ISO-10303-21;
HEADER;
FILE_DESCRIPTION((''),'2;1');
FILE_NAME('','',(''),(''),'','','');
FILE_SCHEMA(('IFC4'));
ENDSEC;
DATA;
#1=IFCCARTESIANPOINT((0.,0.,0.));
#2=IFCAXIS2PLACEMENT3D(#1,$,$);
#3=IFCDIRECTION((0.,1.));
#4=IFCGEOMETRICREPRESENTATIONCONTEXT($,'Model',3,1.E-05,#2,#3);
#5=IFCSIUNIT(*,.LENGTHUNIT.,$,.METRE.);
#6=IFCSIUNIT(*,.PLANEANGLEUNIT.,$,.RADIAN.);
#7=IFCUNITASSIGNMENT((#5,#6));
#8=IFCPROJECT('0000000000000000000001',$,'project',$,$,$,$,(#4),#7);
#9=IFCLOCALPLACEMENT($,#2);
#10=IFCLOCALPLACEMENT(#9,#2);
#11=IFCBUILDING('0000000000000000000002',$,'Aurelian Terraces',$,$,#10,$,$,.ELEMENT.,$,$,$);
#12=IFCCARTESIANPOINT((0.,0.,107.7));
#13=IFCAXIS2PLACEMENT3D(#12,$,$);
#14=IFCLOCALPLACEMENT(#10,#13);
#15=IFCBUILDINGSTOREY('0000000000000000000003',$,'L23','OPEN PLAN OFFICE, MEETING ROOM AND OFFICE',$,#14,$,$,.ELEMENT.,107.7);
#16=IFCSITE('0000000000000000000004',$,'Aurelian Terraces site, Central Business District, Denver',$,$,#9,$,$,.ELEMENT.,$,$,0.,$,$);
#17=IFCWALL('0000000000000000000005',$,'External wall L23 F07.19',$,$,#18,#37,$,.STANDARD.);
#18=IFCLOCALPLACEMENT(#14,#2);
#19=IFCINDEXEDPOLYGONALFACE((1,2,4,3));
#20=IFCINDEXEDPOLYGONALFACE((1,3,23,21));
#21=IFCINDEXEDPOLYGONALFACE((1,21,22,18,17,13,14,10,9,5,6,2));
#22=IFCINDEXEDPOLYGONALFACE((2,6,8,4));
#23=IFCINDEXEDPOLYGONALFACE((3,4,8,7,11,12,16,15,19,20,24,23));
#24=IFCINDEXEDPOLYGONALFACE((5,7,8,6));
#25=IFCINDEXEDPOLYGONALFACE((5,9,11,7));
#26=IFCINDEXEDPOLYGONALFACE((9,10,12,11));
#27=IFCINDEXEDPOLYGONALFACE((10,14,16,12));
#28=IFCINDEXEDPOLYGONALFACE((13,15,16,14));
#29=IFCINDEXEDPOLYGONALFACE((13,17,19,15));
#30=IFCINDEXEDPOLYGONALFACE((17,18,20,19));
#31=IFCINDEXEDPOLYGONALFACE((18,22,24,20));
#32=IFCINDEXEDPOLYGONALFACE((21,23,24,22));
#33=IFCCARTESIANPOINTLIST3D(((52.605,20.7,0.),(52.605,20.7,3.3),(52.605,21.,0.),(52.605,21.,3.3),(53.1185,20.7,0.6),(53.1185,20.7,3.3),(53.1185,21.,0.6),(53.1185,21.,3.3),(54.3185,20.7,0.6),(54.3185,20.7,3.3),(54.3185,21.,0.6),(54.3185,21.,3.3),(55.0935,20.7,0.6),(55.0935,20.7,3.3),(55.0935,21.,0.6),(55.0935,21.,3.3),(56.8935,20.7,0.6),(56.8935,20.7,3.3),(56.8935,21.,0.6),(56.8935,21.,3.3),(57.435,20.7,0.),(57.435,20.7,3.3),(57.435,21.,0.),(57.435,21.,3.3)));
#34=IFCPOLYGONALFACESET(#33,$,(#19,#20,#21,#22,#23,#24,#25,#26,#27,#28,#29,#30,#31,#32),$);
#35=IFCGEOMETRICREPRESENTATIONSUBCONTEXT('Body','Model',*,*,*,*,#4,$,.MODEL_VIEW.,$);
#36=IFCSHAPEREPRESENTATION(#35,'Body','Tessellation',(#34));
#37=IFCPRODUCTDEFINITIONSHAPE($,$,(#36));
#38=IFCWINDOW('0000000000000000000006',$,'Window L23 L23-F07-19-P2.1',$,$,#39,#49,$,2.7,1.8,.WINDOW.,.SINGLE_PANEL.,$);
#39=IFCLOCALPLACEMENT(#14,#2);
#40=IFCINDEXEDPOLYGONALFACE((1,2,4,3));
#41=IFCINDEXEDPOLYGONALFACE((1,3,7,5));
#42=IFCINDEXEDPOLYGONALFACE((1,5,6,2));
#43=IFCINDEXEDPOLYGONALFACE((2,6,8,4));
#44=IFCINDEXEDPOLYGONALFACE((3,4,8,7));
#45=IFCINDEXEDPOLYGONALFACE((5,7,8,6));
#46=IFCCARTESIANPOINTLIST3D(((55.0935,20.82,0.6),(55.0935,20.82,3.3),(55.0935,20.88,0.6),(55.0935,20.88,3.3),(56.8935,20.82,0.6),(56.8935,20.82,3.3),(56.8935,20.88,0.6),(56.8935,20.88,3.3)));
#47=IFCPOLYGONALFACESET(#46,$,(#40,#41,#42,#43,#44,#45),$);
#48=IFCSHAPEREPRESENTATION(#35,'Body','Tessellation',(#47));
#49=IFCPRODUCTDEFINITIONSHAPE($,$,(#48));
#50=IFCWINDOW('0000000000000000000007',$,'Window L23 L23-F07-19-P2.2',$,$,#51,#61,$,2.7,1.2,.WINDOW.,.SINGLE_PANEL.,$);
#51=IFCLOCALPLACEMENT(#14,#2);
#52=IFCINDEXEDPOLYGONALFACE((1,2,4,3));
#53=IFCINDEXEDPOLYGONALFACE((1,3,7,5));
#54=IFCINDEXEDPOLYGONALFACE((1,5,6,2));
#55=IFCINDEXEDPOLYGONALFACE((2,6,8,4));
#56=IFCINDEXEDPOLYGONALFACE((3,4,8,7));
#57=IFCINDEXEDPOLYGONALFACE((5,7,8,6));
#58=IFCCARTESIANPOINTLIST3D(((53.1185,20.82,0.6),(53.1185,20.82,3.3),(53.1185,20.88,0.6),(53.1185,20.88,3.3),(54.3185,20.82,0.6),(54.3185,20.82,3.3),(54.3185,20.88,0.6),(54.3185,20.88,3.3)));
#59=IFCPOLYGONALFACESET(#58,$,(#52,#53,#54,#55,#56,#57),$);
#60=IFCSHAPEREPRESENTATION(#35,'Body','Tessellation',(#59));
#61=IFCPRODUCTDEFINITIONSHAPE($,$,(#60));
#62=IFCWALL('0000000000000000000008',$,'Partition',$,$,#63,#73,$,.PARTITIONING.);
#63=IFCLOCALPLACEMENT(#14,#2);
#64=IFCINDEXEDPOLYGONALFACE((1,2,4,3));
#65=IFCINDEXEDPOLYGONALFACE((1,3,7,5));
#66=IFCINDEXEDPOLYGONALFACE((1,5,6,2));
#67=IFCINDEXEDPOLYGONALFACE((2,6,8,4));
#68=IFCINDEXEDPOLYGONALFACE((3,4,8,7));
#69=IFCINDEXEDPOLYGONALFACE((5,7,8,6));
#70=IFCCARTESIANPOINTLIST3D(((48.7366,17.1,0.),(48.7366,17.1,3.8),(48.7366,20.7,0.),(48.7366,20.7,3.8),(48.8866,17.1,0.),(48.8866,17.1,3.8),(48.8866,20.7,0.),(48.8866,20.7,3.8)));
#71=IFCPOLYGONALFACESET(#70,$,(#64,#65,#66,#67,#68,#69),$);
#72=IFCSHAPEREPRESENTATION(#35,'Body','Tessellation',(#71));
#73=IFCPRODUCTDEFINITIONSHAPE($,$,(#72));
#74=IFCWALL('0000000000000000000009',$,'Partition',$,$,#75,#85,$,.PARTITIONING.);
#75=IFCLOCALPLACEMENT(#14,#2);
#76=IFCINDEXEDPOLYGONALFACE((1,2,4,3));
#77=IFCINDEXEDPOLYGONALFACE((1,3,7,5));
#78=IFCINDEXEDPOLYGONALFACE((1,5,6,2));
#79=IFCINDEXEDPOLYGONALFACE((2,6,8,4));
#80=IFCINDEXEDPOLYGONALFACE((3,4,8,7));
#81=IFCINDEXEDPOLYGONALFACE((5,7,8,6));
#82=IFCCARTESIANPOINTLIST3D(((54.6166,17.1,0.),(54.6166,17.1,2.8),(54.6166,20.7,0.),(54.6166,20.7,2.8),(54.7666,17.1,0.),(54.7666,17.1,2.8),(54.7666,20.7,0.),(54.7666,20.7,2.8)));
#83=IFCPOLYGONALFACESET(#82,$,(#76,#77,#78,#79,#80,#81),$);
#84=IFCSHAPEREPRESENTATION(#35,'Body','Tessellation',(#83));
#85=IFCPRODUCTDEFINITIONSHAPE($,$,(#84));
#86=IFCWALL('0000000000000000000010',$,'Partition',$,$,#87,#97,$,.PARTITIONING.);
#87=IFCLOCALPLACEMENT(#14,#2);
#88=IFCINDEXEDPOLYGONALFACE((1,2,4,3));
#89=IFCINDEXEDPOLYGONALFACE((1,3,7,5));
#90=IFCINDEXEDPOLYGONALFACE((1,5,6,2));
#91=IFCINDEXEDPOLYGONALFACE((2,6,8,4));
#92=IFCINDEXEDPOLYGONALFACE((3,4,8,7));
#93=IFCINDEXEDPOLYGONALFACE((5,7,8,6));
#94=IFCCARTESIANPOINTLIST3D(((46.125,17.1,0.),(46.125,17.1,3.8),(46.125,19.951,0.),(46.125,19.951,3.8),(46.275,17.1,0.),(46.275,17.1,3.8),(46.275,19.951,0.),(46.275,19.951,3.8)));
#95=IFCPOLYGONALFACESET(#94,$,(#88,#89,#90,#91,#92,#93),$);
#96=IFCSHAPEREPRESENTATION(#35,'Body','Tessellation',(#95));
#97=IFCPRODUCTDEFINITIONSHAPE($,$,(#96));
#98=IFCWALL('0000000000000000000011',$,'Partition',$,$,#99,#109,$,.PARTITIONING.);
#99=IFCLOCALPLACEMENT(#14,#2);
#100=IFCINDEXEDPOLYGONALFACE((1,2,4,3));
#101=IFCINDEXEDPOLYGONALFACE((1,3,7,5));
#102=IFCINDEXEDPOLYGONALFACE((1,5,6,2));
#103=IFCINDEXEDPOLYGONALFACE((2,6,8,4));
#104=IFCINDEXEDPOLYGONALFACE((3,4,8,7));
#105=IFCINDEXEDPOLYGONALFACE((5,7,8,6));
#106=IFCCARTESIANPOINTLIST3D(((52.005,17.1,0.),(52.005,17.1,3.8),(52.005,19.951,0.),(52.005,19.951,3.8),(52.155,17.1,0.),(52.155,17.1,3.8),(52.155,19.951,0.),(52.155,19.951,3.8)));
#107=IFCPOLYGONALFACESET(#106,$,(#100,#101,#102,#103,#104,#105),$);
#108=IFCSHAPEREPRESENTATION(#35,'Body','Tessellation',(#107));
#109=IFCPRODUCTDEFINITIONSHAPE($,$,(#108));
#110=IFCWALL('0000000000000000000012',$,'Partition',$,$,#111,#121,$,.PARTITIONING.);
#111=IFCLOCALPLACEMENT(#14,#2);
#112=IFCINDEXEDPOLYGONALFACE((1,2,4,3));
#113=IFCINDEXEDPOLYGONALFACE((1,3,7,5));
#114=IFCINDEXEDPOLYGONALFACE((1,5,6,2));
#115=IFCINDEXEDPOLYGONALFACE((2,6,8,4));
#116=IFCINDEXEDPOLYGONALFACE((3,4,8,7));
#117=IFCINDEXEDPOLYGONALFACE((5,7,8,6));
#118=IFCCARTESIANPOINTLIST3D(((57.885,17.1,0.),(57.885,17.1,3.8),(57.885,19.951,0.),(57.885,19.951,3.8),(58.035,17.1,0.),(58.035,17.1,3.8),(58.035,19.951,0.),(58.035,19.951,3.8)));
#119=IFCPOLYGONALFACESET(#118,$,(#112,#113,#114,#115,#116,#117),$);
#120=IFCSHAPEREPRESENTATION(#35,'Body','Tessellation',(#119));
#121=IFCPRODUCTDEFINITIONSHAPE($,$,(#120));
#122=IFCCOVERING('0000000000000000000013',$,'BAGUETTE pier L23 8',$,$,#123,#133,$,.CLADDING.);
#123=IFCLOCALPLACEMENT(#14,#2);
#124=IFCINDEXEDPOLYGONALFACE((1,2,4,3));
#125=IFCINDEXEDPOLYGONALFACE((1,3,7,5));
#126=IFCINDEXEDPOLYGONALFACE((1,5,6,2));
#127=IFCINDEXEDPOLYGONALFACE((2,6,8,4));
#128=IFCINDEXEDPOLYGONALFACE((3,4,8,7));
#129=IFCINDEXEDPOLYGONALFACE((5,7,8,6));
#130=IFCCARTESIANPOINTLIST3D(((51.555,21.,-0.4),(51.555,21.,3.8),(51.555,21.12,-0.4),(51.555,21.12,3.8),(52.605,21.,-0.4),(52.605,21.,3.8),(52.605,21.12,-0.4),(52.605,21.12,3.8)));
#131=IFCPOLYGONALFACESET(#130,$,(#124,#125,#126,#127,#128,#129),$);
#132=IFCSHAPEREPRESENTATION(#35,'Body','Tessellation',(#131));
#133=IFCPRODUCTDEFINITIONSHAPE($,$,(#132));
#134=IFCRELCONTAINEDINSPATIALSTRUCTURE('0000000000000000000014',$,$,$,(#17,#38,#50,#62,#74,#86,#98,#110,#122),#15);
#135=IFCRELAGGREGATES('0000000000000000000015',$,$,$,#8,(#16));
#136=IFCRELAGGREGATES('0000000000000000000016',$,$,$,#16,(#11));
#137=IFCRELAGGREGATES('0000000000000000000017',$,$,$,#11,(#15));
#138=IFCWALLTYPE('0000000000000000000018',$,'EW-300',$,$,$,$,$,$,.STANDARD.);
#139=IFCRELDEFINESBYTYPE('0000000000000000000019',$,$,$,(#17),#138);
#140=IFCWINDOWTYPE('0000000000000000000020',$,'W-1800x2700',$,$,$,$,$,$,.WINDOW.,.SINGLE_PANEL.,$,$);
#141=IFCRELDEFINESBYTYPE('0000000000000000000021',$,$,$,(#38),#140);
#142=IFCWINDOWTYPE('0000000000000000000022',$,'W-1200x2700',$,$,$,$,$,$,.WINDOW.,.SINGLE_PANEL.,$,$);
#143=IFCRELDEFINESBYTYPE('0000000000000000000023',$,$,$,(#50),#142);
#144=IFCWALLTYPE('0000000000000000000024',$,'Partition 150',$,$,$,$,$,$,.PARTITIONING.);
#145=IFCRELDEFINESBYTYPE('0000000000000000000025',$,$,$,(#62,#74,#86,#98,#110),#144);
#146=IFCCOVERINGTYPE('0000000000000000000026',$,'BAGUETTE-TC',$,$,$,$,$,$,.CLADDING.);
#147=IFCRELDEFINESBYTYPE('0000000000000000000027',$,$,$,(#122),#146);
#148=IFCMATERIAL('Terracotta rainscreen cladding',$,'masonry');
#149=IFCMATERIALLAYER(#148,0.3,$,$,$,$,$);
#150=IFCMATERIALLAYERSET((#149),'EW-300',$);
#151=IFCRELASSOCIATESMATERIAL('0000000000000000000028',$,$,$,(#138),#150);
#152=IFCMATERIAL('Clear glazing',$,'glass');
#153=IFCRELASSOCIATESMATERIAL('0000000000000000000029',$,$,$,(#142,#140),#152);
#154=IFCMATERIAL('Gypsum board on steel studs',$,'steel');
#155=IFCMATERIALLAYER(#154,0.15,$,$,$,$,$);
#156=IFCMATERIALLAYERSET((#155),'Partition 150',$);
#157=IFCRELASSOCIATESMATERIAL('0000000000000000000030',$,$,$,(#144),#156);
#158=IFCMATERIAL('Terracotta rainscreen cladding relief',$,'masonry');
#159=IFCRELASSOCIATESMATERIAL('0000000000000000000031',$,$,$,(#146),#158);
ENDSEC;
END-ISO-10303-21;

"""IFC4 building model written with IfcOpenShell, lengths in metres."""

from ifc_helpers import new_model, si_unit, direction, frame, frame_2d, origin, origin_2d, place, context, subcontext, project, spatial, rectangle, extrude, source, transform, mapped, material, layer, layer_set, type_object, element, fill, save


model = new_model("IFC4")

# Units and contexts
model_context = context("Model", 3, precision=1e-05, world=origin(), true_north=direction((0.0, 1.0)))
body_context = subcontext(model_context, "Body", "Model", "MODEL_VIEW")
ifc_project = project(units=[si_unit("LENGTHUNIT", "METRE"), si_unit("PLANEANGLEUNIT", "RADIAN")], contexts=[model_context])

# Site, building, storey
site_placement = place(None, origin())
site = spatial("IfcSite", under=ifc_project, at=site_placement, Name="Aurelian Terraces site, Central Business District, Denver", CompositionType="ELEMENT", RefElevation=0.0)
building_placement = place(site_placement, origin())
building = spatial("IfcBuilding", under=site, at=building_placement, Name="Aurelian Terraces", CompositionType="ELEMENT")
storey_placement = place(building_placement, frame((0.0, 0.0, 107.7)))
storey = spatial("IfcBuildingStorey", under=building, at=storey_placement, Name="L23", Description="OPEN PLAN OFFICE, MEETING ROOM AND OFFICE", CompositionType="ELEMENT", Elevation=107.7)

# Shared definitions
ifc_material_1 = material(Name="Clear glazing", Category="glass")

# Shared definitions
ifc_material_2 = material(Name="Terracotta rainscreen cladding", Category="masonry")
ifc_layer_1 = layer(ifc_material_2, 0.3)
ifc_layer_set_1 = layer_set([ifc_layer_1], Name="EW-300")
wall_type_1 = type_object("IfcWallType", Name="EW-300", PredefinedType="STANDARD", material=ifc_layer_set_1)

# Wall, openings, windows
shared_shape_1 = source(origin(), body_context, "Body", "SweptSolid", [
    extrude(rectangle(XDim=1.2, YDim=2.7, at=frame_2d((0.6, 1.35))), frame((0.0, 0.16, 0.0), z_axis=(0.0, -1.0, 0.0), x_axis=(1.0, 0.0, 0.0)), (0.0, 0.0, 1.0), 0.32),
])
window_type_1 = type_object("IfcWindowType", Name="W-1200x2700", PartitioningType="SINGLE_PANEL", PredefinedType="WINDOW", material=ifc_material_1)
shared_shape_2 = source(origin(), body_context, "Body", "SweptSolid", [
    extrude(rectangle(XDim=1.2, YDim=2.7, at=frame_2d((0.6, 1.35))), frame((0.0, 0.03, 0.0), z_axis=(0.0, -1.0, 0.0), x_axis=(1.0, 0.0, 0.0)), (0.0, 0.0, 1.0), 0.06),
])
shared_shape_3 = source(origin(), body_context, "Body", "SweptSolid", [
    extrude(rectangle(XDim=4.83, YDim=0.3, at=frame_2d((2.415, 0.0))), origin(), (0.0, 0.0, 1.0), 3.3),
])
wall_1_placement = place(storey_placement, frame((57.435, 20.85, 0.0), z_axis=(0.0, 0.0, 1.0), x_axis=(-1.0, 0.0, 0.0)))
wall_1 = element("IfcWall", 1, at=wall_1_placement, inside=storey, type_object=wall_type_1, Name="External wall L23 F07.19", PredefinedType="STANDARD", context=body_context, shape_type="MappedRepresentation", body=[
    mapped(shared_shape_3, transform((0.0, 0.0, 0.0), scale=1.0)),
])
shared_shape_4 = source(origin(), body_context, "Body", "SweptSolid", [
    extrude(rectangle(XDim=1.8, YDim=2.7, at=frame_2d((0.9, 1.35))), frame((0.0, 0.16, 0.0), z_axis=(0.0, -1.0, 0.0), x_axis=(1.0, 0.0, 0.0)), (0.0, 0.0, 1.0), 0.32),
])
opening_1_placement = place(wall_1_placement, frame((0.5415, 0.0, 0.6)))
opening_1 = element("IfcOpeningElement", 2, at=opening_1_placement, cuts=wall_1, PredefinedType="OPENING", context=body_context, shape_type="MappedRepresentation", body=[
    mapped(shared_shape_4, transform((0.0, 0.0, 0.0), scale=1.0)),
])
opening_2_placement = place(wall_1_placement, frame((3.1165, 0.0, 0.6)))
opening_2 = element("IfcOpeningElement", 3, at=opening_2_placement, cuts=wall_1, PredefinedType="OPENING", context=body_context, shape_type="MappedRepresentation", body=[
    mapped(shared_shape_1, transform((0.0, 0.0, 0.0), scale=1.0)),
])
window_type_2 = type_object("IfcWindowType", Name="W-1800x2700", PartitioningType="SINGLE_PANEL", PredefinedType="WINDOW", material=ifc_material_1)
shared_shape_5 = source(origin(), body_context, "Body", "SweptSolid", [
    extrude(rectangle(XDim=1.8, YDim=2.7, at=frame_2d((0.9, 1.35))), frame((0.0, 0.03, 0.0), z_axis=(0.0, -1.0, 0.0), x_axis=(1.0, 0.0, 0.0)), (0.0, 0.0, 1.0), 0.06),
])
window_1_placement = place(opening_1_placement, origin())
window_1 = element("IfcWindow", 4, at=window_1_placement, inside=storey, type_object=window_type_2, Name="Window L23 L23-F07-19-P2.1", OverallHeight=2.7, OverallWidth=1.8, PartitioningType="SINGLE_PANEL", PredefinedType="WINDOW", context=body_context, shape_type="MappedRepresentation", body=[
    mapped(shared_shape_5, transform((0.0, 0.0, 0.0), scale=1.0)),
])
fill(opening_1, window_1)
window_2_placement = place(opening_2_placement, origin())
window_2 = element("IfcWindow", 5, at=window_2_placement, inside=storey, type_object=window_type_1, Name="Window L23 L23-F07-19-P2.2", OverallHeight=2.7, OverallWidth=1.2, PartitioningType="SINGLE_PANEL", PredefinedType="WINDOW", context=body_context, shape_type="MappedRepresentation", body=[
    mapped(shared_shape_2, transform((0.0, 0.0, 0.0), scale=1.0)),
])
fill(opening_2, window_2)

# Walls
ifc_material_3 = material(Name="Gypsum board on steel studs", Category="steel")
ifc_layer_2 = layer(ifc_material_3, 0.15)
ifc_layer_set_2 = layer_set([ifc_layer_2], Name="Partition 150")
wall_type_2 = type_object("IfcWallType", Name="Partition 150", PredefinedType="PARTITIONING", material=ifc_layer_set_2)
shared_shape_6 = source(origin(), body_context, "Body", "SweptSolid", [
    extrude(rectangle(XDim=3.6, YDim=0.15, at=frame_2d((1.8, 0.0))), origin(), (0.0, 0.0, 1.0), 3.8),
])
wall_2_placement = place(storey_placement, frame((48.8116, 20.7, 0.0), z_axis=(0.0, 0.0, 1.0), x_axis=(0.0, -1.0, 0.0)))
element("IfcWall", 6, at=wall_2_placement, inside=storey, type_object=wall_type_2, Name="Partition", PredefinedType="PARTITIONING", context=body_context, shape_type="MappedRepresentation", body=[
    mapped(shared_shape_6, transform((0.0, 0.0, 0.0), scale=1.0)),
])
shared_shape_7 = source(origin(), body_context, "Body", "SweptSolid", [
    extrude(rectangle(XDim=3.6, YDim=0.15, at=frame_2d((1.8, 0.0))), origin(), (0.0, 0.0, 1.0), 2.8),
])
wall_3_placement = place(storey_placement, frame((54.6916, 20.7, 0.0), z_axis=(0.0, 0.0, 1.0), x_axis=(0.0, -1.0, 0.0)))
element("IfcWall", 7, at=wall_3_placement, inside=storey, type_object=wall_type_2, Name="Partition", PredefinedType="PARTITIONING", context=body_context, shape_type="MappedRepresentation", body=[
    mapped(shared_shape_7, transform((0.0, 0.0, 0.0), scale=1.0)),
])
shared_shape_8 = source(origin(), body_context, "Body", "SweptSolid", [
    extrude(rectangle(XDim=2.851, YDim=0.15, at=frame_2d((1.4255, 0.0))), origin(), (0.0, 0.0, 1.0), 3.8),
])
for number, where, z_axis, x_axis, name in (
    (8, (46.2, 17.1, 0.0), (0.0, 0.0, 1.0), (0.0, 1.0, 0.0), "Partition"),
    (9, (52.08, 17.1, 0.0), (0.0, 0.0, 1.0), (0.0, 1.0, 0.0), "Partition"),
    (10, (57.96, 17.1, 0.0), (0.0, 0.0, 1.0), (0.0, 1.0, 0.0), "Partition"),
):
    element("IfcWall", number, at=place(storey_placement, frame(where, z_axis=z_axis, x_axis=x_axis)), inside=storey, type_object=wall_type_2, Name=name, PredefinedType="PARTITIONING", context=body_context, shape_type="MappedRepresentation", body=[
        mapped(shared_shape_8, transform((0.0, 0.0, 0.0), scale=1.0)),
    ])

# Covering
ifc_material_4 = material(Name="Terracotta rainscreen cladding relief", Category="masonry")
covering_type = type_object("IfcCoveringType", Name="BAGUETTE-TC", PredefinedType="CLADDING", material=ifc_material_4)
shared_shape_9 = source(origin(), body_context, "Body", "SweptSolid", [
    extrude(rectangle(XDim=1.05, YDim=0.12, at=origin_2d()), origin(), (0.0, 0.0, 1.0), 4.2),
])
covering_placement = place(storey_placement, frame((52.08, 21.06, -0.4), z_axis=(0.0, 0.0, 1.0), x_axis=(1.0, 0.0, 0.0)))
element("IfcCovering", 11, at=covering_placement, inside=storey, type_object=covering_type, Name="BAGUETTE pier L23 8", PredefinedType="CLADDING", context=body_context, shape_type="MappedRepresentation", body=[
    mapped(shared_shape_9, transform((0.0, 0.0, 0.0), scale=1.0)),
])

save(model, "model.ifc")
